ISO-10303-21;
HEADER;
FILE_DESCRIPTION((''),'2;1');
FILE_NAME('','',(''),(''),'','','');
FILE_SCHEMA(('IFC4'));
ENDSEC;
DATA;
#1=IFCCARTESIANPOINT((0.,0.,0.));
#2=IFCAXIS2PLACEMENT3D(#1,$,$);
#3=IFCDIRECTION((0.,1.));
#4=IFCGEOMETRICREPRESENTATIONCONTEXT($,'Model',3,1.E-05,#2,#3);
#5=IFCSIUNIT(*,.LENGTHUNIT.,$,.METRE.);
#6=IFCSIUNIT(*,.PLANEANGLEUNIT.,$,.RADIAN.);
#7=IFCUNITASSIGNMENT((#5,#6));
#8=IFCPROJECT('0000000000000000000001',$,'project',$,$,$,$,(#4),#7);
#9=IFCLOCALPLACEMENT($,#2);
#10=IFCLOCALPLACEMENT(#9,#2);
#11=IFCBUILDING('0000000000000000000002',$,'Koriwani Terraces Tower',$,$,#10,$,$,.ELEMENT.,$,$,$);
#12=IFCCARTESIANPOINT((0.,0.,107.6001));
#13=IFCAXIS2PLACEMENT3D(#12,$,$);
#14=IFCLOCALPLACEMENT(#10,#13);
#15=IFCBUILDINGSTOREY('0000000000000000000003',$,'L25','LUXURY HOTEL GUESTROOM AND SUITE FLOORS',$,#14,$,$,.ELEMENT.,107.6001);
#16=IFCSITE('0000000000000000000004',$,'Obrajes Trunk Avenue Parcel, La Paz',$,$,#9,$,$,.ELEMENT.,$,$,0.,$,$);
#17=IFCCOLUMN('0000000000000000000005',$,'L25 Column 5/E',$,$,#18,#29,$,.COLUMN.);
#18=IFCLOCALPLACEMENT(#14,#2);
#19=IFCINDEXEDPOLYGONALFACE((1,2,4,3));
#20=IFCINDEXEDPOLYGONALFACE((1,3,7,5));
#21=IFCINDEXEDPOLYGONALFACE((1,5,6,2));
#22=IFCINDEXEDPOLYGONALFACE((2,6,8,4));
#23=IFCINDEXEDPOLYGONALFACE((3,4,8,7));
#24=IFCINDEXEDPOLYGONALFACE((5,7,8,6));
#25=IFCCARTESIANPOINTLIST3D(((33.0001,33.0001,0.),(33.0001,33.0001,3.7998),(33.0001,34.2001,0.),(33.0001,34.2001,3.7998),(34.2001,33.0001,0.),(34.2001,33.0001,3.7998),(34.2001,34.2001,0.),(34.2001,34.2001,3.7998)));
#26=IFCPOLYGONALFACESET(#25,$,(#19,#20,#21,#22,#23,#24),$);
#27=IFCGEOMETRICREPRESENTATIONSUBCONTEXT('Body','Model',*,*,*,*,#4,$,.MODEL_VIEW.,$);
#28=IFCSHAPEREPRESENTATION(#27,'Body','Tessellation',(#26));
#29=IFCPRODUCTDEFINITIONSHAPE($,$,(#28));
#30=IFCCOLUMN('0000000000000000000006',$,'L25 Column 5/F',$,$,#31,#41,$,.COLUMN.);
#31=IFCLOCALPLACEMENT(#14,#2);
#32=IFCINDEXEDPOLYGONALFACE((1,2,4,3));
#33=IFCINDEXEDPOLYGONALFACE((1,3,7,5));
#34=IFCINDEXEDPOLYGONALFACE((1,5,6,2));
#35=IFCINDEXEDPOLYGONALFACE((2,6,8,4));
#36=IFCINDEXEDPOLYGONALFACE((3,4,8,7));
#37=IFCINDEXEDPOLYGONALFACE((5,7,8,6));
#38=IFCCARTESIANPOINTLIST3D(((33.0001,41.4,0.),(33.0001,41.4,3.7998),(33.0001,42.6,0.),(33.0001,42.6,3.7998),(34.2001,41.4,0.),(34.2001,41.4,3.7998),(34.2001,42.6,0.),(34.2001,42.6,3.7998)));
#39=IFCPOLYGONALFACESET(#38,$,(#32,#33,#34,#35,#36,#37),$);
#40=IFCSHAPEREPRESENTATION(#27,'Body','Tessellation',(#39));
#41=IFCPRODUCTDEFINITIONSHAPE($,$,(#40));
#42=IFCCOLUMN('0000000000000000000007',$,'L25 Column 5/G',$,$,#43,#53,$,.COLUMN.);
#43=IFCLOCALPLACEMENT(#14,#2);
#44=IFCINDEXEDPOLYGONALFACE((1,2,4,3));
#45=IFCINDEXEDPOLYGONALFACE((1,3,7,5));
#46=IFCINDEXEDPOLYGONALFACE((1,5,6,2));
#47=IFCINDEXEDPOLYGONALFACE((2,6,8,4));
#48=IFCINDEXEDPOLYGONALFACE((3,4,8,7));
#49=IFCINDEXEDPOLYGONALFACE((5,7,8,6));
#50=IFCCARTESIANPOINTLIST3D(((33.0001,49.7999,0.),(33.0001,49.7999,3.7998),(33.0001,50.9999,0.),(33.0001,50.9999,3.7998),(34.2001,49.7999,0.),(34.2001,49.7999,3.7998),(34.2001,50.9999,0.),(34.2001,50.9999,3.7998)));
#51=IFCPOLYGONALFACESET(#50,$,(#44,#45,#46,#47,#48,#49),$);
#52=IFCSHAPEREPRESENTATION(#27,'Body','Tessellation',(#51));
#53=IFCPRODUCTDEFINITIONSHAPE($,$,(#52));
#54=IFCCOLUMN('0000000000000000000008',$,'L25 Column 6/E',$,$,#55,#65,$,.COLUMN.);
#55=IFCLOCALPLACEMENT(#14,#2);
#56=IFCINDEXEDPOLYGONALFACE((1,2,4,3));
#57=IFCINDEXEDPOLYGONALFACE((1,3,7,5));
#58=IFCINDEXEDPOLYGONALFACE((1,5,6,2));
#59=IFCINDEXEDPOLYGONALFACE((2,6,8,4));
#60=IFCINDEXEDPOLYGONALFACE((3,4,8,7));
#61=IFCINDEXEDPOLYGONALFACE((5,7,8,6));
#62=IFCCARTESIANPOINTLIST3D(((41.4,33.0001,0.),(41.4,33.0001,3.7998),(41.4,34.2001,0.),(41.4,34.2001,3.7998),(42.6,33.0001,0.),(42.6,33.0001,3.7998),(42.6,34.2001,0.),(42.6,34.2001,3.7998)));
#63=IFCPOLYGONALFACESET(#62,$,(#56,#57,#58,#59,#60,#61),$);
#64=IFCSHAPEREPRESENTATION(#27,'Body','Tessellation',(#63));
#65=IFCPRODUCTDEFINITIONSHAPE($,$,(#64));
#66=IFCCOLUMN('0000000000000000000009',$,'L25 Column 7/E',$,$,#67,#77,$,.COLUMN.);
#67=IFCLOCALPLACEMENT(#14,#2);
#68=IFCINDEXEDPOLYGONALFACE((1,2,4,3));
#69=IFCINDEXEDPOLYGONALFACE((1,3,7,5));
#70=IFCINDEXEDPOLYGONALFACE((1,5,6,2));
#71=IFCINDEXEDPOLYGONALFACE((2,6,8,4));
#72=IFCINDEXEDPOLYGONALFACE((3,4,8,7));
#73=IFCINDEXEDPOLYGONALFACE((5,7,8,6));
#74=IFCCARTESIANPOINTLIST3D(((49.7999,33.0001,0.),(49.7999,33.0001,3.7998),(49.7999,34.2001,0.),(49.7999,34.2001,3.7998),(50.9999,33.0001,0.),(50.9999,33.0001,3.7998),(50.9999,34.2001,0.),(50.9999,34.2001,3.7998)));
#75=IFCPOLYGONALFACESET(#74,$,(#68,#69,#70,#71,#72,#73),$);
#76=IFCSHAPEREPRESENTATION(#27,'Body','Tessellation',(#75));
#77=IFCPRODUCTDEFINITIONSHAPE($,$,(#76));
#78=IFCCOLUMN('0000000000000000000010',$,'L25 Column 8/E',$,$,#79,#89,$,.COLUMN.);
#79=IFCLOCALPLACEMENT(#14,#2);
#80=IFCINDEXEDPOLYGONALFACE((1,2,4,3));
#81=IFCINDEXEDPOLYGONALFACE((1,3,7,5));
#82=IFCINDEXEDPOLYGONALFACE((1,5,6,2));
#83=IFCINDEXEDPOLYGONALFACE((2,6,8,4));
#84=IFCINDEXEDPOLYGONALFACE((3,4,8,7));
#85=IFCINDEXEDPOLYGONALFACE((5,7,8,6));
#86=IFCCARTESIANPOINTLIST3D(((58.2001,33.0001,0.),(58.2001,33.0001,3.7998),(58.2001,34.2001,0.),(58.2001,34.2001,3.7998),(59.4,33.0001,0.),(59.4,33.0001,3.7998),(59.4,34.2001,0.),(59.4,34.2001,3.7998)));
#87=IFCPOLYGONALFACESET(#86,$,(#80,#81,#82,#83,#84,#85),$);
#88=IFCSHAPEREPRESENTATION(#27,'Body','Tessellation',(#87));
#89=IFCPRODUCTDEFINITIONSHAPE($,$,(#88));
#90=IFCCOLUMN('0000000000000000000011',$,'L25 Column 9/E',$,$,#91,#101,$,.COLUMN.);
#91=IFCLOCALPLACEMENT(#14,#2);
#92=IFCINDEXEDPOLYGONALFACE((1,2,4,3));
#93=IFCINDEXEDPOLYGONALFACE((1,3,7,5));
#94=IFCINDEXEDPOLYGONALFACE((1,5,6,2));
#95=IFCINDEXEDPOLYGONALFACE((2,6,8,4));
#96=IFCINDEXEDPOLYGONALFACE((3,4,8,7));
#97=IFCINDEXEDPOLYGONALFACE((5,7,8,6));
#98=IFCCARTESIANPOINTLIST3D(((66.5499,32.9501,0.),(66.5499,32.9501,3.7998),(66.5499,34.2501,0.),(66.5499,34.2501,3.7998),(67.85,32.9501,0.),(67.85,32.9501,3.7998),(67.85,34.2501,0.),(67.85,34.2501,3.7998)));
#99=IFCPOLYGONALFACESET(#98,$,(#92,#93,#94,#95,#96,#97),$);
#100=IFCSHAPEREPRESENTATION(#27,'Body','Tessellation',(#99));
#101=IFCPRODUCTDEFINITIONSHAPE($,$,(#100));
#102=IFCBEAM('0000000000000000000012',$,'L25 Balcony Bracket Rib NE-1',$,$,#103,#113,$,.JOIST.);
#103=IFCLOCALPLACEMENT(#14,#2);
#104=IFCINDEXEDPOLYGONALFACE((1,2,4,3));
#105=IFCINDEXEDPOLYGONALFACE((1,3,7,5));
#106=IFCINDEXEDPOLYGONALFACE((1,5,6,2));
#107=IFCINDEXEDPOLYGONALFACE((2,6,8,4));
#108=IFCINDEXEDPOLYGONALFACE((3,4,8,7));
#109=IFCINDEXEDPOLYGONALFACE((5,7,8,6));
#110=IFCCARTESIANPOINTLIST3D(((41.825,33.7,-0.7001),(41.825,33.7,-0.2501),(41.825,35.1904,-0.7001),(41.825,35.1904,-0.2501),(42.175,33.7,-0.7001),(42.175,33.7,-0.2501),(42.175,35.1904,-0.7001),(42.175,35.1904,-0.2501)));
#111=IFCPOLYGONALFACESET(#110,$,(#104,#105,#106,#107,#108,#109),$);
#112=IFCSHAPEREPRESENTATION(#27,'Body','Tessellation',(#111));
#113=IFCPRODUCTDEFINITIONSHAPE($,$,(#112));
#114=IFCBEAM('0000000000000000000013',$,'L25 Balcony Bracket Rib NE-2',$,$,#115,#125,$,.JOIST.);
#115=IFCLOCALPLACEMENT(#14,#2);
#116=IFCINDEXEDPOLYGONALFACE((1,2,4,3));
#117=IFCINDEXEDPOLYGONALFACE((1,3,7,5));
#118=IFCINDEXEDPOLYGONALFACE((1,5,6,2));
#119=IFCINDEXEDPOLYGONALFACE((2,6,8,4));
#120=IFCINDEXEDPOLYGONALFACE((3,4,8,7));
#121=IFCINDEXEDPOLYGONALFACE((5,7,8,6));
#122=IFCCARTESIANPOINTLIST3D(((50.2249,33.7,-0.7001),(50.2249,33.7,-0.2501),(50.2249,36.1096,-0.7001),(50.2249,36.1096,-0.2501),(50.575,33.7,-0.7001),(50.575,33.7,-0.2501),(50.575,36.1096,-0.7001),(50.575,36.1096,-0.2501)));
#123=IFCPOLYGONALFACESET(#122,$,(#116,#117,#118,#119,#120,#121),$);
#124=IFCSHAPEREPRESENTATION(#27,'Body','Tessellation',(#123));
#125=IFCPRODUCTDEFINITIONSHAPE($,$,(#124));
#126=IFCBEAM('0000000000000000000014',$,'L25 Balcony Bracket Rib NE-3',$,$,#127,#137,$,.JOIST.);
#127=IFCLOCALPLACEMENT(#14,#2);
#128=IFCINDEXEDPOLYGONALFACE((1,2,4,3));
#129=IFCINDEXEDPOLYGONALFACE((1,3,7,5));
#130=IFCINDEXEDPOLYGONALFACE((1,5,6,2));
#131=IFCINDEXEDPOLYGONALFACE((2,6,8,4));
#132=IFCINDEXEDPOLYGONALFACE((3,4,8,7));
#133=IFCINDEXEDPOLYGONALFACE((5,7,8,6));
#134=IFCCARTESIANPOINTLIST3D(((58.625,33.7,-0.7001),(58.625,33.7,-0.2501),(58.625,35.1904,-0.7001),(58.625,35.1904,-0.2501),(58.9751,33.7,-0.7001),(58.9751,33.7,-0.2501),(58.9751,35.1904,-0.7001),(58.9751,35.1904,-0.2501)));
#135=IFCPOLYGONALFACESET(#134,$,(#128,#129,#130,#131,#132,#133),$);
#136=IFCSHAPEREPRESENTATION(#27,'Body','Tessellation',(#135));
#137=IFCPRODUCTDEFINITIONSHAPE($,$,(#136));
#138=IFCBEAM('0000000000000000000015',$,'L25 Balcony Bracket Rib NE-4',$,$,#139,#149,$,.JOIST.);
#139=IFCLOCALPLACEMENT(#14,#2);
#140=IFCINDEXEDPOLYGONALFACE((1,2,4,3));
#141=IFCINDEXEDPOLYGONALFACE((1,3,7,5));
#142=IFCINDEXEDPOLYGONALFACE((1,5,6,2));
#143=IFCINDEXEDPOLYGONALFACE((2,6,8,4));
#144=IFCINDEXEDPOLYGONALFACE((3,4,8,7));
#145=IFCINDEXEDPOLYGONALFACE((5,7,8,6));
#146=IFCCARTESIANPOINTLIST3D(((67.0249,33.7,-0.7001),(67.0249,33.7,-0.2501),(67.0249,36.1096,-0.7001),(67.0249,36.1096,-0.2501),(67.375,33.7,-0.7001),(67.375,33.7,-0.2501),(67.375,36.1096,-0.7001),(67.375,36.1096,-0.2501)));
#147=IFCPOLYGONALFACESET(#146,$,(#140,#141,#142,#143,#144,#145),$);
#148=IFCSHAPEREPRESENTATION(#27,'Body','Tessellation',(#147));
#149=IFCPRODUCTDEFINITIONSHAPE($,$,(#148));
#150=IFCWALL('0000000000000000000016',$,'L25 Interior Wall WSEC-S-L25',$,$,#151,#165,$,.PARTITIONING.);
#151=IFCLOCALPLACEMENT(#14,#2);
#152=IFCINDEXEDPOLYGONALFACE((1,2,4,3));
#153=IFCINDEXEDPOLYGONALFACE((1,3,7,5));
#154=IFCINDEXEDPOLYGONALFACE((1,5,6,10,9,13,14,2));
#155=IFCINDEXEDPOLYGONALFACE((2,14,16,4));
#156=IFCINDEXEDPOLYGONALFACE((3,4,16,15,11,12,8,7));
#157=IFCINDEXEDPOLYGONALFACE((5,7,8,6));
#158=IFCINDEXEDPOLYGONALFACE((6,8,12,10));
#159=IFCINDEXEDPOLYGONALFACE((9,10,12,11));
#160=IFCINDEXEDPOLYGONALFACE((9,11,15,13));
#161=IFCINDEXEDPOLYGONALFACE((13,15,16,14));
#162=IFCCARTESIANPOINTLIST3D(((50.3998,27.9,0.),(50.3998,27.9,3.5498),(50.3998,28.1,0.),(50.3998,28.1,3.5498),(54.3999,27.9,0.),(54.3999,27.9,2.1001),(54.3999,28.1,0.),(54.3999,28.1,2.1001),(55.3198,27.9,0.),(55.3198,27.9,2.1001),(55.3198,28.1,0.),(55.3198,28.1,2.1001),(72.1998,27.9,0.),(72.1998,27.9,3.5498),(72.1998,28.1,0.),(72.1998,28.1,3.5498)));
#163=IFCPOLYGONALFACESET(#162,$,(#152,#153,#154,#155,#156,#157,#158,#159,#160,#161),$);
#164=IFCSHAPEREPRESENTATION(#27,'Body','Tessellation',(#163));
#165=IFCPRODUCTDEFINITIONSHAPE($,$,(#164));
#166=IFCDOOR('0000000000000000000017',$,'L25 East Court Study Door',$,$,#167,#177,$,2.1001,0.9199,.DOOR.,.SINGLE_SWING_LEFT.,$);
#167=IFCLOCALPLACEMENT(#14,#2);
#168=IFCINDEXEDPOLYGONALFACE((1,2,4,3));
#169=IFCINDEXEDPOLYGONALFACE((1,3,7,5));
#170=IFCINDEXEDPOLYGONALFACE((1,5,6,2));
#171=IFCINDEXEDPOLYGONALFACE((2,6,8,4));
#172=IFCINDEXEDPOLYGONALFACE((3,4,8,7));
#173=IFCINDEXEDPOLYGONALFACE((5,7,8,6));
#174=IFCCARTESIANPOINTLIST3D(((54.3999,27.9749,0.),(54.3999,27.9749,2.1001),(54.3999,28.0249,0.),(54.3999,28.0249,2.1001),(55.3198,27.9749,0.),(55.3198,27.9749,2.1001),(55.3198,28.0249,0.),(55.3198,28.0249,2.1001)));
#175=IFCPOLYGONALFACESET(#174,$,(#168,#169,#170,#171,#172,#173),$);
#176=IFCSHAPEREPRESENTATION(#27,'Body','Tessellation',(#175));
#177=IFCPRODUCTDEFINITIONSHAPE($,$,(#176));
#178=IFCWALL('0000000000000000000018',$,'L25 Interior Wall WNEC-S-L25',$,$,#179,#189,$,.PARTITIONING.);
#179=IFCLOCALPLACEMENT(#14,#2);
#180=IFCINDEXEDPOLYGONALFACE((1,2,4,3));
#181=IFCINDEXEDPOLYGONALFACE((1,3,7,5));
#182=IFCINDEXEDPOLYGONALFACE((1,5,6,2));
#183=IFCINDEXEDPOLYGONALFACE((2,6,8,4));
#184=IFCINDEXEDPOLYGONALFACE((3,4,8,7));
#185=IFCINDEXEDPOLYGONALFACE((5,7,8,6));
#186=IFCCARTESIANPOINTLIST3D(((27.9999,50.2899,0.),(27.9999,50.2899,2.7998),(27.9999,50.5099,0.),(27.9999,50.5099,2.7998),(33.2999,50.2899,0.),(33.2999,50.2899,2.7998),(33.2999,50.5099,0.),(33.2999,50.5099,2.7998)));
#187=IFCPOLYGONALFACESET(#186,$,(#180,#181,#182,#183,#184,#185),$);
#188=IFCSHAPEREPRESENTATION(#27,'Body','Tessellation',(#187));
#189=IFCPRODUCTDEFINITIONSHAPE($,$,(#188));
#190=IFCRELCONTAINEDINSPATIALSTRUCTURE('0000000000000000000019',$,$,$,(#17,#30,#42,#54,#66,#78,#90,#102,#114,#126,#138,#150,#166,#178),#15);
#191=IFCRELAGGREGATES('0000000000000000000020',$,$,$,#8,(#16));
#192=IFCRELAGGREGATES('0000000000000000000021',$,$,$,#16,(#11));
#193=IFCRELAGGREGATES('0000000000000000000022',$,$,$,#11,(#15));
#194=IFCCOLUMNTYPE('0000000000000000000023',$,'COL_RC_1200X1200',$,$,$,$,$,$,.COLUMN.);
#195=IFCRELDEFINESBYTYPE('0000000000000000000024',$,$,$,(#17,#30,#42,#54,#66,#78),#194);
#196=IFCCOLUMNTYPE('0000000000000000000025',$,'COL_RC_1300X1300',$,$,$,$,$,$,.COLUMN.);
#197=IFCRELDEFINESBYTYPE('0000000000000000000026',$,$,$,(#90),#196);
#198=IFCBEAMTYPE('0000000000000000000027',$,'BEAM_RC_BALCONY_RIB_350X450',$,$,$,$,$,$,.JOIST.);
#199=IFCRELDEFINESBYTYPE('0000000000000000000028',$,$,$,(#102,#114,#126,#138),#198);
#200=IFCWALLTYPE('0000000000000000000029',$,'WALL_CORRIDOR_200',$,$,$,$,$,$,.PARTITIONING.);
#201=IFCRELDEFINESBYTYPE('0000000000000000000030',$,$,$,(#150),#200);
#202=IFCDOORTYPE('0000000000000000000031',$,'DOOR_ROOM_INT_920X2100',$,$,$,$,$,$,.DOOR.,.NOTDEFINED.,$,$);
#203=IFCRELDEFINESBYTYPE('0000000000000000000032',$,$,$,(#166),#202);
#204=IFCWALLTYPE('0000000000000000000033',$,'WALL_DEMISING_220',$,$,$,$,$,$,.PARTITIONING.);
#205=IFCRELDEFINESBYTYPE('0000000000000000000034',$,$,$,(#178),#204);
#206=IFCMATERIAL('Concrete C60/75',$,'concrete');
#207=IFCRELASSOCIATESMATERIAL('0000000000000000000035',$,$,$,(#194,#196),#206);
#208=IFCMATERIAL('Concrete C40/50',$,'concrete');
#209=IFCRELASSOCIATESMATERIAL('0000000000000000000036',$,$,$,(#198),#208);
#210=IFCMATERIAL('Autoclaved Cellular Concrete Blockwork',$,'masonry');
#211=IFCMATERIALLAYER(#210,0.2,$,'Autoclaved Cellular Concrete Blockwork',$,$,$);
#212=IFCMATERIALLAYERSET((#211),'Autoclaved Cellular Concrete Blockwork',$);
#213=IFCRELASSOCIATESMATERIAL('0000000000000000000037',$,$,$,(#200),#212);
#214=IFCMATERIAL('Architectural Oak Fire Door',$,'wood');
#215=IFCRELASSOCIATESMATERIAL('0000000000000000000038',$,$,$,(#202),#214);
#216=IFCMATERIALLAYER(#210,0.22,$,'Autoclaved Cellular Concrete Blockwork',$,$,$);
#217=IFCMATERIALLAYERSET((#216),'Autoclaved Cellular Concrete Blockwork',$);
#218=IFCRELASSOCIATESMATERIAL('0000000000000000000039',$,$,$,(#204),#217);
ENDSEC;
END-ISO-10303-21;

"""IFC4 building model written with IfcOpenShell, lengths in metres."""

from ifc_helpers import new_model, si_unit, direction, frame, frame_2d, origin, origin_2d, place, context, subcontext, project, spatial, rectangle, extrude, material, layer, layer_set, material_profile, profile_set, type_object, element, fill, save


model = new_model("IFC4")

# Units and contexts
model_context = context("Model", 3, precision=1e-05, world=origin(), true_north=direction((0.0, 1.0)))
body_context = subcontext(model_context, "Body", "Model", "MODEL_VIEW")
ifc_project = project(units=[si_unit("LENGTHUNIT", "METRE"), si_unit("PLANEANGLEUNIT", "RADIAN")], contexts=[model_context])

# Site, building, storey
site_placement = place(None, origin())
site = spatial("IfcSite", under=ifc_project, at=site_placement, Name="Obrajes Trunk Avenue Parcel, La Paz", CompositionType="ELEMENT", RefElevation=0.0)
building_placement = place(site_placement, origin())
building = spatial("IfcBuilding", under=site, at=building_placement, Name="Koriwani Terraces Tower", CompositionType="ELEMENT")
storey_placement = place(building_placement, frame((0.0, 0.0, 107.6001)))
storey = spatial("IfcBuildingStorey", under=building, at=storey_placement, Name="L25", Description="LUXURY HOTEL GUESTROOM AND SUITE FLOORS", CompositionType="ELEMENT", Elevation=107.6001)

# Columns
ifc_material_1 = material(Name="Concrete C60/75", Category="concrete")
ifc_material_profile_1 = material_profile(ifc_material_1, rectangle(XDim=1.2, YDim=1.2, at=origin_2d()), Name="Concrete C60/75", Category="LoadBearing")
ifc_profile_set_1 = profile_set([ifc_material_profile_1], Name="Concrete C60/75")
column_type_1 = type_object("IfcColumnType", Name="COL_RC_1200X1200", PredefinedType="COLUMN", material=ifc_profile_set_1)
for number, where, z_axis, x_axis, name in (
    (1, (33.6001, 33.6001, 0.0), (0.0, 0.0, 1.0), (1.0, 0.0, 0.0), "L25 Column 5/E"),
    (2, (33.6001, 42.0, 0.0), (0.0, 0.0, 1.0), (1.0, 0.0, 0.0), "L25 Column 5/F"),
    (3, (33.6001, 50.3999, 0.0), (0.0, 0.0, 1.0), (1.0, 0.0, 0.0), "L25 Column 5/G"),
    (4, (42.0, 33.6001, 0.0), (0.0, 0.0, 1.0), (1.0, 0.0, 0.0), "L25 Column 6/E"),
    (5, (50.3999, 33.6001, 0.0), (0.0, 0.0, 1.0), (1.0, 0.0, 0.0), "L25 Column 7/E"),
    (6, (58.8, 33.6001, 0.0), (0.0, 0.0, 1.0), (1.0, 0.0, 0.0), "L25 Column 8/E"),
):
    element("IfcColumn", number, at=place(storey_placement, frame(where, z_axis=z_axis, x_axis=x_axis)), inside=storey, type_object=column_type_1, Name=name, PredefinedType="COLUMN", context=body_context, shape_type="SweptSolid", body=[
        extrude(rectangle(XDim=1.2, YDim=1.2, at=origin_2d()), origin(), (0.0, 0.0, 1.0), 3.7998),
    ])
ifc_material_profile_2 = material_profile(ifc_material_1, rectangle(XDim=1.3, YDim=1.3, at=origin_2d()), Name="Concrete C60/75", Category="LoadBearing")
ifc_profile_set_2 = profile_set([ifc_material_profile_2], Name="Concrete C60/75")
column_type_2 = type_object("IfcColumnType", Name="COL_RC_1300X1300", PredefinedType="COLUMN", material=ifc_profile_set_2)
column_placement = place(storey_placement, frame((67.2, 33.6001, 0.0), z_axis=(0.0, 0.0, 1.0), x_axis=(1.0, 0.0, 0.0)))
element("IfcColumn", 7, at=column_placement, inside=storey, type_object=column_type_2, Name="L25 Column 9/E", PredefinedType="COLUMN", context=body_context, shape_type="SweptSolid", body=[
    extrude(rectangle(XDim=1.3, YDim=1.3, at=origin_2d()), origin(), (0.0, 0.0, 1.0), 3.7998),
])

# Beams
ifc_material_2 = material(Name="Concrete C40/50", Category="concrete")
ifc_material_profile_3 = material_profile(ifc_material_2, rectangle(XDim=0.3501, YDim=0.45, at=origin_2d()), Name="Concrete C40/50", Category="LoadBearing")
ifc_profile_set_3 = profile_set([ifc_material_profile_3], Name="Concrete C40/50")
beam_type = type_object("IfcBeamType", Name="BEAM_RC_BALCONY_RIB_350X450", PredefinedType="JOIST", material=ifc_profile_set_3)
beam_1_placement = place(storey_placement, frame((42.0, 33.7, -0.4751), z_axis=(0.0, 1.0, 0.0), x_axis=(-1.0, 0.0, 0.0)))
element("IfcBeam", 8, at=beam_1_placement, inside=storey, type_object=beam_type, Name="L25 Balcony Bracket Rib NE-1", PredefinedType="JOIST", context=body_context, shape_type="SweptSolid", body=[
    extrude(rectangle(XDim=0.3501, YDim=0.45, at=origin_2d()), origin(), (0.0, 0.0, 1.0), 1.4905),
])
beam_2_placement = place(storey_placement, frame((50.3999, 33.7, -0.4751), z_axis=(0.0, 1.0, 0.0), x_axis=(-1.0, 0.0, 0.0)))
element("IfcBeam", 9, at=beam_2_placement, inside=storey, type_object=beam_type, Name="L25 Balcony Bracket Rib NE-2", PredefinedType="JOIST", context=body_context, shape_type="SweptSolid", body=[
    extrude(rectangle(XDim=0.3501, YDim=0.45, at=origin_2d()), origin(), (0.0, 0.0, 1.0), 2.4097),
])
beam_3_placement = place(storey_placement, frame((58.8, 33.7, -0.4751), z_axis=(0.0, 1.0, 0.0), x_axis=(-1.0, 0.0, 0.0)))
element("IfcBeam", 10, at=beam_3_placement, inside=storey, type_object=beam_type, Name="L25 Balcony Bracket Rib NE-3", PredefinedType="JOIST", context=body_context, shape_type="SweptSolid", body=[
    extrude(rectangle(XDim=0.3501, YDim=0.45, at=origin_2d()), origin(), (0.0, 0.0, 1.0), 1.4905),
])
beam_4_placement = place(storey_placement, frame((67.2, 33.7, -0.4751), z_axis=(0.0, 1.0, 0.0), x_axis=(-1.0, 0.0, 0.0)))
element("IfcBeam", 11, at=beam_4_placement, inside=storey, type_object=beam_type, Name="L25 Balcony Bracket Rib NE-4", PredefinedType="JOIST", context=body_context, shape_type="SweptSolid", body=[
    extrude(rectangle(XDim=0.3501, YDim=0.45, at=origin_2d()), origin(), (0.0, 0.0, 1.0), 2.4097),
])

# Wall, opening, door
ifc_material_3 = material(Name="Autoclaved Cellular Concrete Blockwork", Category="masonry")
ifc_layer_1 = layer(ifc_material_3, 0.2, Name="Autoclaved Cellular Concrete Blockwork")
ifc_layer_set_1 = layer_set([ifc_layer_1], Name="Autoclaved Cellular Concrete Blockwork")
wall_type_1 = type_object("IfcWallType", Name="WALL_CORRIDOR_200", PredefinedType="PARTITIONING", material=ifc_layer_set_1)
wall_1_placement = place(storey_placement, frame((50.3999, 28.0, 0.0), z_axis=(0.0, 0.0, 1.0), x_axis=(1.0, 0.0, 0.0)))
wall_1 = element("IfcWall", 12, at=wall_1_placement, inside=storey, type_object=wall_type_1, Name="L25 Interior Wall WSEC-S-L25", PredefinedType="PARTITIONING", context=body_context, shape_type="SweptSolid", body=[
    extrude(rectangle(XDim=21.8, YDim=0.2, at=frame_2d((10.8999, 0.0))), origin(), (0.0, 0.0, 1.0), 3.5498),
])
opening_1_placement = place(wall_1_placement, frame((4.0, 0.0, 0.0)))
opening_1 = element("IfcOpeningElement", 13, at=opening_1_placement, cuts=wall_1, PredefinedType="OPENING", context=body_context, shape_type="SweptSolid", body=[
    extrude(rectangle(XDim=0.9199, YDim=2.1001, at=frame_2d((0.46, 1.05))), frame((0.0, 0.1099, 0.0), z_axis=(0.0, -1.0, 0.0), x_axis=(1.0, 0.0, 0.0)), (0.0, 0.0, 1.0), 0.22),
])
ifc_material_4 = material(Name="Architectural Oak Fire Door", Category="wood")
door_type_1 = type_object("IfcDoorType", Name="DOOR_ROOM_INT_920X2100", OperationType="NOTDEFINED", PredefinedType="DOOR", material=ifc_material_4)
door_1_placement = place(opening_1_placement, origin())
door_1 = element("IfcDoor", 14, at=door_1_placement, inside=storey, type_object=door_type_1, Name="L25 East Court Study Door", OperationType="SINGLE_SWING_LEFT", OverallHeight=2.1001, OverallWidth=0.9199, PredefinedType="DOOR", context=body_context, shape_type="SweptSolid", body=[
    extrude(rectangle(XDim=0.9199, YDim=2.1001, at=frame_2d((0.46, 1.05))), frame((0.0, 0.0249, 0.0), z_axis=(0.0, -1.0, 0.0), x_axis=(1.0, 0.0, 0.0)), (0.0, 0.0, 1.0), 0.05),
])
fill(opening_1, door_1)

# Wall
ifc_layer_2 = layer(ifc_material_3, 0.22, Name="Autoclaved Cellular Concrete Blockwork")
ifc_layer_set_2 = layer_set([ifc_layer_2], Name="Autoclaved Cellular Concrete Blockwork")
wall_type_2 = type_object("IfcWallType", Name="WALL_DEMISING_220", PredefinedType="PARTITIONING", material=ifc_layer_set_2)
wall_2_placement = place(storey_placement, frame((28.0, 50.3999, 0.0), z_axis=(0.0, 0.0, 1.0), x_axis=(1.0, 0.0, 0.0)))
element("IfcWall", 15, at=wall_2_placement, inside=storey, type_object=wall_type_2, Name="L25 Interior Wall WNEC-S-L25", PredefinedType="PARTITIONING", context=body_context, shape_type="SweptSolid", body=[
    extrude(rectangle(XDim=5.3, YDim=0.22, at=frame_2d((2.6499, 0.0))), origin(), (0.0, 0.0, 1.0), 2.7998),
])

save(model, "model.ifc")
